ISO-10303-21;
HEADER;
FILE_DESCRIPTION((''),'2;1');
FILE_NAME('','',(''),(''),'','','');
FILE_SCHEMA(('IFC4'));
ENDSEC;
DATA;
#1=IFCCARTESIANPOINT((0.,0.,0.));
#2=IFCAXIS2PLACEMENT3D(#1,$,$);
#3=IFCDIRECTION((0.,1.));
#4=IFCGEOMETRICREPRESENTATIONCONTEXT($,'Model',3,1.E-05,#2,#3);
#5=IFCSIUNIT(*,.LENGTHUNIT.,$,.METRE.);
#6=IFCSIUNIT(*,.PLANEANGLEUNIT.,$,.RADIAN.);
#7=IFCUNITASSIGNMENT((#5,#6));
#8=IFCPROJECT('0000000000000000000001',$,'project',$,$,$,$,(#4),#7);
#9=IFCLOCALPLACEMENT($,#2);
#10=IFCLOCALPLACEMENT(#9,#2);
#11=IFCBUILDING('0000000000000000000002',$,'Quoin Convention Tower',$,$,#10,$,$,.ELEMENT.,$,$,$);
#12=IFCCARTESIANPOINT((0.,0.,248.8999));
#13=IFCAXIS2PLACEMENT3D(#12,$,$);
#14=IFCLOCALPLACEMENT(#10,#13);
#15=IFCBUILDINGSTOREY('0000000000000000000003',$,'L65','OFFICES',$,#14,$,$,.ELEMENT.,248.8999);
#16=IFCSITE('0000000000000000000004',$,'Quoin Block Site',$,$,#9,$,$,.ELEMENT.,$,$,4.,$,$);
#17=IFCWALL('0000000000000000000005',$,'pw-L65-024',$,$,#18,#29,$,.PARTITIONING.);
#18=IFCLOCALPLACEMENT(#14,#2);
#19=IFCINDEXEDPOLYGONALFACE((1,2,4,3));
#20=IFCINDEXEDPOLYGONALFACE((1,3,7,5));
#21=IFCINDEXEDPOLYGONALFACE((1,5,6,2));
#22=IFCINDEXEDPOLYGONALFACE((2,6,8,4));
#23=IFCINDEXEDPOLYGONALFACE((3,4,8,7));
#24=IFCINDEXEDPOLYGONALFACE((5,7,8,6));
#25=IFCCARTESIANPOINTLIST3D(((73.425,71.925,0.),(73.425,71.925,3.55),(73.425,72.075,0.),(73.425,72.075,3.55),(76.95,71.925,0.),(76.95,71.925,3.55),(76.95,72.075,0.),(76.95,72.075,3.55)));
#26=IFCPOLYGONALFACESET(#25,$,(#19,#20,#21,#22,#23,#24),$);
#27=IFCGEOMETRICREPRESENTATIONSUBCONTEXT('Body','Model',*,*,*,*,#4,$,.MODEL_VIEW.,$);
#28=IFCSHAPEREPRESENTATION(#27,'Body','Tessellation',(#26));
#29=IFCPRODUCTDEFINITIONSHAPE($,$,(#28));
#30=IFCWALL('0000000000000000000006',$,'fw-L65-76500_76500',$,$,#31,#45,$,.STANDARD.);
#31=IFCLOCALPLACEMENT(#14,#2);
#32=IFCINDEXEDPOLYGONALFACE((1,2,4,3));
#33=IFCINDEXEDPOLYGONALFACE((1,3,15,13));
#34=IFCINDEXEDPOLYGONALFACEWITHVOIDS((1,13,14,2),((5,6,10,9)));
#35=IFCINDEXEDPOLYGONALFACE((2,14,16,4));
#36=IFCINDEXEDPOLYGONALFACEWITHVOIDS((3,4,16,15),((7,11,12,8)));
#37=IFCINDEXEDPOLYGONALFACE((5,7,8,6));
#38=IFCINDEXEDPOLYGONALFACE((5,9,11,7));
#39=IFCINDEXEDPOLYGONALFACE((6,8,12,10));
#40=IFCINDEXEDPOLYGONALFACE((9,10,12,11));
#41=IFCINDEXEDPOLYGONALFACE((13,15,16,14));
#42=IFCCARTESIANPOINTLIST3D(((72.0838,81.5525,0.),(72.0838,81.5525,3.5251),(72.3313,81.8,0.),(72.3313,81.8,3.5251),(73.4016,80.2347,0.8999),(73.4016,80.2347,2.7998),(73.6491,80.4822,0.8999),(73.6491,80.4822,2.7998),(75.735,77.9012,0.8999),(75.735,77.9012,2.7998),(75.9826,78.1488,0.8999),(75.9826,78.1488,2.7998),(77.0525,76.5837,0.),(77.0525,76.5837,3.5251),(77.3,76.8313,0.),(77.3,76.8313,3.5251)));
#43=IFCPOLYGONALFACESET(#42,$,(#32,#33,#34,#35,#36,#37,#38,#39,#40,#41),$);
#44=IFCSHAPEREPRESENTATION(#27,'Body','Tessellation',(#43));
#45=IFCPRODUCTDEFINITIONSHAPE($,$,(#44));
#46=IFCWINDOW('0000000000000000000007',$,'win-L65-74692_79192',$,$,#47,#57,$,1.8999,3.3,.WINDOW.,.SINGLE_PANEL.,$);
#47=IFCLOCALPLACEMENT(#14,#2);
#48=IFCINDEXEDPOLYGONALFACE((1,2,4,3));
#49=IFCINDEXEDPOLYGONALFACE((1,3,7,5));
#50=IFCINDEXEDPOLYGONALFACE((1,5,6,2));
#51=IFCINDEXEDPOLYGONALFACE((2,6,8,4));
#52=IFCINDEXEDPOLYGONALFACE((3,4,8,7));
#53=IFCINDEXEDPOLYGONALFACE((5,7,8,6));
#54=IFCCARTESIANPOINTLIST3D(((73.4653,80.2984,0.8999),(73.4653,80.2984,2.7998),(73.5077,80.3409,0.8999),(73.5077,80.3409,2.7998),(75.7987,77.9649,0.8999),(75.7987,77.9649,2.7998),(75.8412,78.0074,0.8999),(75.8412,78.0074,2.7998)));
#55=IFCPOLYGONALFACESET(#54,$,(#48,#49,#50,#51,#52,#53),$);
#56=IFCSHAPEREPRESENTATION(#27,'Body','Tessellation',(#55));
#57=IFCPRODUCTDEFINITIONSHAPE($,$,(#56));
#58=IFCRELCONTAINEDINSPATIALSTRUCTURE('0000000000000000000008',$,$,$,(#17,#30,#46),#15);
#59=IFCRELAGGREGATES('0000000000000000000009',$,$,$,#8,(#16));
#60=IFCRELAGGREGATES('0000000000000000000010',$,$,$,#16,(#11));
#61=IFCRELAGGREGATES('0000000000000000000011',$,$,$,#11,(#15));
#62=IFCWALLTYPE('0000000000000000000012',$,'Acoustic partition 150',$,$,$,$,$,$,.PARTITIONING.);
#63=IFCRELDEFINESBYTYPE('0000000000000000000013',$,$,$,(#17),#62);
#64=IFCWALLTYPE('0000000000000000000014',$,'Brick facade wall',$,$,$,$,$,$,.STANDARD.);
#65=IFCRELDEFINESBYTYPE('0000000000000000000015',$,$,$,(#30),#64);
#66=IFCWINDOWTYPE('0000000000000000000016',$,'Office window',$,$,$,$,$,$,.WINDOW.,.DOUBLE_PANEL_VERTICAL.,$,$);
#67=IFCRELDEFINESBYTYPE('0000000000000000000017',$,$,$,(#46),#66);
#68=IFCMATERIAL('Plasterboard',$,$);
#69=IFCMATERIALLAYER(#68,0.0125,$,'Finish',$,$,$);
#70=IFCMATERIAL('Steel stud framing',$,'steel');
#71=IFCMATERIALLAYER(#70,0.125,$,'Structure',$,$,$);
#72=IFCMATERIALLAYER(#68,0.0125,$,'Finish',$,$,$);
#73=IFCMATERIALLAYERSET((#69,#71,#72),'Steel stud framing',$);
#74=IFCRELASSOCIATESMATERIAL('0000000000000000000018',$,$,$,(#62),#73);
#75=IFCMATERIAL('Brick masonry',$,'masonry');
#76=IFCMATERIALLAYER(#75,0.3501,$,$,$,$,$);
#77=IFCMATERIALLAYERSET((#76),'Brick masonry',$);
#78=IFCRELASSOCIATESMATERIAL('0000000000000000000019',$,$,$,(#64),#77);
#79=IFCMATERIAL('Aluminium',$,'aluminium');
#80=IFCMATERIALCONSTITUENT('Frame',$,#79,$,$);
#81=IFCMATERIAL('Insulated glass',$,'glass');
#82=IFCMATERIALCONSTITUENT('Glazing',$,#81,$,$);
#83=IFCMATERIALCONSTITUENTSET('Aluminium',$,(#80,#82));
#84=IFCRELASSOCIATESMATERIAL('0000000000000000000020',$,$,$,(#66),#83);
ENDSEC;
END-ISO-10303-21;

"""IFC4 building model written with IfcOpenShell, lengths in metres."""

from ifc_helpers import new_model, si_unit, direction, frame, frame_2d, origin, place, context, subcontext, project, spatial, rectangle, extrude, material, layer, layer_set, constituent, constituent_set, type_object, element, fill, save


model = new_model("IFC4")

# Units and contexts
model_context = context("Model", 3, precision=1e-05, world=origin(), true_north=direction((0.0, 1.0)))
body_context = subcontext(model_context, "Body", "Model", "MODEL_VIEW")
ifc_project = project(units=[si_unit("LENGTHUNIT", "METRE"), si_unit("PLANEANGLEUNIT", "RADIAN")], contexts=[model_context])

# Site, building, storey
site_placement = place(None, origin())
site = spatial("IfcSite", under=ifc_project, at=site_placement, Name="Quoin Block Site", CompositionType="ELEMENT", RefElevation=4.0)
building_placement = place(site_placement, origin())
building = spatial("IfcBuilding", under=site, at=building_placement, Name="Quoin Convention Tower", CompositionType="ELEMENT")
storey_placement = place(building_placement, frame((0.0, 0.0, 248.8999)))
storey = spatial("IfcBuildingStorey", under=building, at=storey_placement, Name="L65", Description="OFFICES", CompositionType="ELEMENT", Elevation=248.8999)

# Wall
ifc_material_1 = material(Name="Plasterboard")
ifc_layer_1 = layer(ifc_material_1, 0.0125, Name="Finish")
ifc_material_2 = material(Name="Steel stud framing", Category="steel")
ifc_layer_2 = layer(ifc_material_2, 0.125, Name="Structure")
ifc_layer_3 = layer(ifc_material_1, 0.0125, Name="Finish")
ifc_layer_set_1 = layer_set([ifc_layer_1, ifc_layer_2, ifc_layer_3], Name="Steel stud framing")
wall_type_1 = type_object("IfcWallType", Name="Acoustic partition 150", PredefinedType="PARTITIONING", material=ifc_layer_set_1)
wall_1_placement = place(storey_placement, frame((73.425, 72.0, 0.0), z_axis=(0.0, 0.0, 1.0), x_axis=(1.0, 0.0, 0.0)))
element("IfcWall", 1, at=wall_1_placement, inside=storey, type_object=wall_type_1, Name="pw-L65-024", PredefinedType="PARTITIONING", context=body_context, shape_type="SweptSolid", body=[
    extrude(rectangle(XDim=3.5249, YDim=0.1499, at=frame_2d((1.7625, 0.0))), origin(), (0.0, 0.0, 1.0), 3.55),
])

# Wall, opening, window
ifc_material_3 = material(Name="Brick masonry", Category="masonry")
ifc_layer_4 = layer(ifc_material_3, 0.3501)
ifc_layer_set_2 = layer_set([ifc_layer_4], Name="Brick masonry")
wall_type_2 = type_object("IfcWallType", Name="Brick facade wall", PredefinedType="STANDARD", material=ifc_layer_set_2)
wall_2_placement = place(storey_placement, frame((77.1763, 76.7075, 0.0), z_axis=(0.0, 0.0, 1.0), x_axis=(-0.707107, 0.707107, 0.0)))
wall_2 = element("IfcWall", 2, at=wall_2_placement, inside=storey, type_object=wall_type_2, Name="fw-L65-76500_76500", PredefinedType="STANDARD", context=body_context, shape_type="SweptSolid", body=[
    extrude(rectangle(XDim=7.0269, YDim=0.3501, at=frame_2d((3.5134, 0.0))), origin(), (0.0, 0.0, 1.0), 3.5251),
])
opening_1_placement = place(wall_2_placement, frame((1.8633, 0.0, 0.8999)))
opening_1 = element("IfcOpeningElement", 3, at=opening_1_placement, cuts=wall_2, PredefinedType="OPENING", context=body_context, shape_type="SweptSolid", body=[
    extrude(rectangle(XDim=3.3, YDim=1.8999, at=frame_2d((1.6499, 0.95))), frame((0.0, 0.1851, 0.0), z_axis=(0.0, -1.0, 0.0), x_axis=(1.0, 0.0, 0.0)), (0.0, 0.0, 1.0), 0.3701),
])
ifc_material_4 = material(Name="Aluminium", Category="aluminium")
ifc_constituent_1 = constituent(ifc_material_4, Name="Frame")
ifc_material_5 = material(Name="Insulated glass", Category="glass")
ifc_constituent_2 = constituent(ifc_material_5, Name="Glazing")
ifc_constituent_set = constituent_set(constituents=[ifc_constituent_1, ifc_constituent_2], Name="Aluminium")
window_type = type_object("IfcWindowType", Name="Office window", PartitioningType="DOUBLE_PANEL_VERTICAL", PredefinedType="WINDOW", material=ifc_constituent_set)
window_1_placement = place(opening_1_placement, origin())
window_1 = element("IfcWindow", 4, at=window_1_placement, inside=storey, type_object=window_type, Name="win-L65-74692_79192", OverallHeight=1.8999, OverallWidth=3.3, PartitioningType="SINGLE_PANEL", PredefinedType="WINDOW", context=body_context, shape_type="SweptSolid", body=[
    extrude(rectangle(XDim=3.3, YDim=1.8999, at=frame_2d((1.6499, 0.95))), frame((0.0, 0.085, 0.0), z_axis=(0.0, -1.0, 0.0), x_axis=(1.0, 0.0, 0.0)), (0.0, 0.0, 1.0), 0.0601),
])
fill(opening_1, window_1)

save(model, "model.ifc")
